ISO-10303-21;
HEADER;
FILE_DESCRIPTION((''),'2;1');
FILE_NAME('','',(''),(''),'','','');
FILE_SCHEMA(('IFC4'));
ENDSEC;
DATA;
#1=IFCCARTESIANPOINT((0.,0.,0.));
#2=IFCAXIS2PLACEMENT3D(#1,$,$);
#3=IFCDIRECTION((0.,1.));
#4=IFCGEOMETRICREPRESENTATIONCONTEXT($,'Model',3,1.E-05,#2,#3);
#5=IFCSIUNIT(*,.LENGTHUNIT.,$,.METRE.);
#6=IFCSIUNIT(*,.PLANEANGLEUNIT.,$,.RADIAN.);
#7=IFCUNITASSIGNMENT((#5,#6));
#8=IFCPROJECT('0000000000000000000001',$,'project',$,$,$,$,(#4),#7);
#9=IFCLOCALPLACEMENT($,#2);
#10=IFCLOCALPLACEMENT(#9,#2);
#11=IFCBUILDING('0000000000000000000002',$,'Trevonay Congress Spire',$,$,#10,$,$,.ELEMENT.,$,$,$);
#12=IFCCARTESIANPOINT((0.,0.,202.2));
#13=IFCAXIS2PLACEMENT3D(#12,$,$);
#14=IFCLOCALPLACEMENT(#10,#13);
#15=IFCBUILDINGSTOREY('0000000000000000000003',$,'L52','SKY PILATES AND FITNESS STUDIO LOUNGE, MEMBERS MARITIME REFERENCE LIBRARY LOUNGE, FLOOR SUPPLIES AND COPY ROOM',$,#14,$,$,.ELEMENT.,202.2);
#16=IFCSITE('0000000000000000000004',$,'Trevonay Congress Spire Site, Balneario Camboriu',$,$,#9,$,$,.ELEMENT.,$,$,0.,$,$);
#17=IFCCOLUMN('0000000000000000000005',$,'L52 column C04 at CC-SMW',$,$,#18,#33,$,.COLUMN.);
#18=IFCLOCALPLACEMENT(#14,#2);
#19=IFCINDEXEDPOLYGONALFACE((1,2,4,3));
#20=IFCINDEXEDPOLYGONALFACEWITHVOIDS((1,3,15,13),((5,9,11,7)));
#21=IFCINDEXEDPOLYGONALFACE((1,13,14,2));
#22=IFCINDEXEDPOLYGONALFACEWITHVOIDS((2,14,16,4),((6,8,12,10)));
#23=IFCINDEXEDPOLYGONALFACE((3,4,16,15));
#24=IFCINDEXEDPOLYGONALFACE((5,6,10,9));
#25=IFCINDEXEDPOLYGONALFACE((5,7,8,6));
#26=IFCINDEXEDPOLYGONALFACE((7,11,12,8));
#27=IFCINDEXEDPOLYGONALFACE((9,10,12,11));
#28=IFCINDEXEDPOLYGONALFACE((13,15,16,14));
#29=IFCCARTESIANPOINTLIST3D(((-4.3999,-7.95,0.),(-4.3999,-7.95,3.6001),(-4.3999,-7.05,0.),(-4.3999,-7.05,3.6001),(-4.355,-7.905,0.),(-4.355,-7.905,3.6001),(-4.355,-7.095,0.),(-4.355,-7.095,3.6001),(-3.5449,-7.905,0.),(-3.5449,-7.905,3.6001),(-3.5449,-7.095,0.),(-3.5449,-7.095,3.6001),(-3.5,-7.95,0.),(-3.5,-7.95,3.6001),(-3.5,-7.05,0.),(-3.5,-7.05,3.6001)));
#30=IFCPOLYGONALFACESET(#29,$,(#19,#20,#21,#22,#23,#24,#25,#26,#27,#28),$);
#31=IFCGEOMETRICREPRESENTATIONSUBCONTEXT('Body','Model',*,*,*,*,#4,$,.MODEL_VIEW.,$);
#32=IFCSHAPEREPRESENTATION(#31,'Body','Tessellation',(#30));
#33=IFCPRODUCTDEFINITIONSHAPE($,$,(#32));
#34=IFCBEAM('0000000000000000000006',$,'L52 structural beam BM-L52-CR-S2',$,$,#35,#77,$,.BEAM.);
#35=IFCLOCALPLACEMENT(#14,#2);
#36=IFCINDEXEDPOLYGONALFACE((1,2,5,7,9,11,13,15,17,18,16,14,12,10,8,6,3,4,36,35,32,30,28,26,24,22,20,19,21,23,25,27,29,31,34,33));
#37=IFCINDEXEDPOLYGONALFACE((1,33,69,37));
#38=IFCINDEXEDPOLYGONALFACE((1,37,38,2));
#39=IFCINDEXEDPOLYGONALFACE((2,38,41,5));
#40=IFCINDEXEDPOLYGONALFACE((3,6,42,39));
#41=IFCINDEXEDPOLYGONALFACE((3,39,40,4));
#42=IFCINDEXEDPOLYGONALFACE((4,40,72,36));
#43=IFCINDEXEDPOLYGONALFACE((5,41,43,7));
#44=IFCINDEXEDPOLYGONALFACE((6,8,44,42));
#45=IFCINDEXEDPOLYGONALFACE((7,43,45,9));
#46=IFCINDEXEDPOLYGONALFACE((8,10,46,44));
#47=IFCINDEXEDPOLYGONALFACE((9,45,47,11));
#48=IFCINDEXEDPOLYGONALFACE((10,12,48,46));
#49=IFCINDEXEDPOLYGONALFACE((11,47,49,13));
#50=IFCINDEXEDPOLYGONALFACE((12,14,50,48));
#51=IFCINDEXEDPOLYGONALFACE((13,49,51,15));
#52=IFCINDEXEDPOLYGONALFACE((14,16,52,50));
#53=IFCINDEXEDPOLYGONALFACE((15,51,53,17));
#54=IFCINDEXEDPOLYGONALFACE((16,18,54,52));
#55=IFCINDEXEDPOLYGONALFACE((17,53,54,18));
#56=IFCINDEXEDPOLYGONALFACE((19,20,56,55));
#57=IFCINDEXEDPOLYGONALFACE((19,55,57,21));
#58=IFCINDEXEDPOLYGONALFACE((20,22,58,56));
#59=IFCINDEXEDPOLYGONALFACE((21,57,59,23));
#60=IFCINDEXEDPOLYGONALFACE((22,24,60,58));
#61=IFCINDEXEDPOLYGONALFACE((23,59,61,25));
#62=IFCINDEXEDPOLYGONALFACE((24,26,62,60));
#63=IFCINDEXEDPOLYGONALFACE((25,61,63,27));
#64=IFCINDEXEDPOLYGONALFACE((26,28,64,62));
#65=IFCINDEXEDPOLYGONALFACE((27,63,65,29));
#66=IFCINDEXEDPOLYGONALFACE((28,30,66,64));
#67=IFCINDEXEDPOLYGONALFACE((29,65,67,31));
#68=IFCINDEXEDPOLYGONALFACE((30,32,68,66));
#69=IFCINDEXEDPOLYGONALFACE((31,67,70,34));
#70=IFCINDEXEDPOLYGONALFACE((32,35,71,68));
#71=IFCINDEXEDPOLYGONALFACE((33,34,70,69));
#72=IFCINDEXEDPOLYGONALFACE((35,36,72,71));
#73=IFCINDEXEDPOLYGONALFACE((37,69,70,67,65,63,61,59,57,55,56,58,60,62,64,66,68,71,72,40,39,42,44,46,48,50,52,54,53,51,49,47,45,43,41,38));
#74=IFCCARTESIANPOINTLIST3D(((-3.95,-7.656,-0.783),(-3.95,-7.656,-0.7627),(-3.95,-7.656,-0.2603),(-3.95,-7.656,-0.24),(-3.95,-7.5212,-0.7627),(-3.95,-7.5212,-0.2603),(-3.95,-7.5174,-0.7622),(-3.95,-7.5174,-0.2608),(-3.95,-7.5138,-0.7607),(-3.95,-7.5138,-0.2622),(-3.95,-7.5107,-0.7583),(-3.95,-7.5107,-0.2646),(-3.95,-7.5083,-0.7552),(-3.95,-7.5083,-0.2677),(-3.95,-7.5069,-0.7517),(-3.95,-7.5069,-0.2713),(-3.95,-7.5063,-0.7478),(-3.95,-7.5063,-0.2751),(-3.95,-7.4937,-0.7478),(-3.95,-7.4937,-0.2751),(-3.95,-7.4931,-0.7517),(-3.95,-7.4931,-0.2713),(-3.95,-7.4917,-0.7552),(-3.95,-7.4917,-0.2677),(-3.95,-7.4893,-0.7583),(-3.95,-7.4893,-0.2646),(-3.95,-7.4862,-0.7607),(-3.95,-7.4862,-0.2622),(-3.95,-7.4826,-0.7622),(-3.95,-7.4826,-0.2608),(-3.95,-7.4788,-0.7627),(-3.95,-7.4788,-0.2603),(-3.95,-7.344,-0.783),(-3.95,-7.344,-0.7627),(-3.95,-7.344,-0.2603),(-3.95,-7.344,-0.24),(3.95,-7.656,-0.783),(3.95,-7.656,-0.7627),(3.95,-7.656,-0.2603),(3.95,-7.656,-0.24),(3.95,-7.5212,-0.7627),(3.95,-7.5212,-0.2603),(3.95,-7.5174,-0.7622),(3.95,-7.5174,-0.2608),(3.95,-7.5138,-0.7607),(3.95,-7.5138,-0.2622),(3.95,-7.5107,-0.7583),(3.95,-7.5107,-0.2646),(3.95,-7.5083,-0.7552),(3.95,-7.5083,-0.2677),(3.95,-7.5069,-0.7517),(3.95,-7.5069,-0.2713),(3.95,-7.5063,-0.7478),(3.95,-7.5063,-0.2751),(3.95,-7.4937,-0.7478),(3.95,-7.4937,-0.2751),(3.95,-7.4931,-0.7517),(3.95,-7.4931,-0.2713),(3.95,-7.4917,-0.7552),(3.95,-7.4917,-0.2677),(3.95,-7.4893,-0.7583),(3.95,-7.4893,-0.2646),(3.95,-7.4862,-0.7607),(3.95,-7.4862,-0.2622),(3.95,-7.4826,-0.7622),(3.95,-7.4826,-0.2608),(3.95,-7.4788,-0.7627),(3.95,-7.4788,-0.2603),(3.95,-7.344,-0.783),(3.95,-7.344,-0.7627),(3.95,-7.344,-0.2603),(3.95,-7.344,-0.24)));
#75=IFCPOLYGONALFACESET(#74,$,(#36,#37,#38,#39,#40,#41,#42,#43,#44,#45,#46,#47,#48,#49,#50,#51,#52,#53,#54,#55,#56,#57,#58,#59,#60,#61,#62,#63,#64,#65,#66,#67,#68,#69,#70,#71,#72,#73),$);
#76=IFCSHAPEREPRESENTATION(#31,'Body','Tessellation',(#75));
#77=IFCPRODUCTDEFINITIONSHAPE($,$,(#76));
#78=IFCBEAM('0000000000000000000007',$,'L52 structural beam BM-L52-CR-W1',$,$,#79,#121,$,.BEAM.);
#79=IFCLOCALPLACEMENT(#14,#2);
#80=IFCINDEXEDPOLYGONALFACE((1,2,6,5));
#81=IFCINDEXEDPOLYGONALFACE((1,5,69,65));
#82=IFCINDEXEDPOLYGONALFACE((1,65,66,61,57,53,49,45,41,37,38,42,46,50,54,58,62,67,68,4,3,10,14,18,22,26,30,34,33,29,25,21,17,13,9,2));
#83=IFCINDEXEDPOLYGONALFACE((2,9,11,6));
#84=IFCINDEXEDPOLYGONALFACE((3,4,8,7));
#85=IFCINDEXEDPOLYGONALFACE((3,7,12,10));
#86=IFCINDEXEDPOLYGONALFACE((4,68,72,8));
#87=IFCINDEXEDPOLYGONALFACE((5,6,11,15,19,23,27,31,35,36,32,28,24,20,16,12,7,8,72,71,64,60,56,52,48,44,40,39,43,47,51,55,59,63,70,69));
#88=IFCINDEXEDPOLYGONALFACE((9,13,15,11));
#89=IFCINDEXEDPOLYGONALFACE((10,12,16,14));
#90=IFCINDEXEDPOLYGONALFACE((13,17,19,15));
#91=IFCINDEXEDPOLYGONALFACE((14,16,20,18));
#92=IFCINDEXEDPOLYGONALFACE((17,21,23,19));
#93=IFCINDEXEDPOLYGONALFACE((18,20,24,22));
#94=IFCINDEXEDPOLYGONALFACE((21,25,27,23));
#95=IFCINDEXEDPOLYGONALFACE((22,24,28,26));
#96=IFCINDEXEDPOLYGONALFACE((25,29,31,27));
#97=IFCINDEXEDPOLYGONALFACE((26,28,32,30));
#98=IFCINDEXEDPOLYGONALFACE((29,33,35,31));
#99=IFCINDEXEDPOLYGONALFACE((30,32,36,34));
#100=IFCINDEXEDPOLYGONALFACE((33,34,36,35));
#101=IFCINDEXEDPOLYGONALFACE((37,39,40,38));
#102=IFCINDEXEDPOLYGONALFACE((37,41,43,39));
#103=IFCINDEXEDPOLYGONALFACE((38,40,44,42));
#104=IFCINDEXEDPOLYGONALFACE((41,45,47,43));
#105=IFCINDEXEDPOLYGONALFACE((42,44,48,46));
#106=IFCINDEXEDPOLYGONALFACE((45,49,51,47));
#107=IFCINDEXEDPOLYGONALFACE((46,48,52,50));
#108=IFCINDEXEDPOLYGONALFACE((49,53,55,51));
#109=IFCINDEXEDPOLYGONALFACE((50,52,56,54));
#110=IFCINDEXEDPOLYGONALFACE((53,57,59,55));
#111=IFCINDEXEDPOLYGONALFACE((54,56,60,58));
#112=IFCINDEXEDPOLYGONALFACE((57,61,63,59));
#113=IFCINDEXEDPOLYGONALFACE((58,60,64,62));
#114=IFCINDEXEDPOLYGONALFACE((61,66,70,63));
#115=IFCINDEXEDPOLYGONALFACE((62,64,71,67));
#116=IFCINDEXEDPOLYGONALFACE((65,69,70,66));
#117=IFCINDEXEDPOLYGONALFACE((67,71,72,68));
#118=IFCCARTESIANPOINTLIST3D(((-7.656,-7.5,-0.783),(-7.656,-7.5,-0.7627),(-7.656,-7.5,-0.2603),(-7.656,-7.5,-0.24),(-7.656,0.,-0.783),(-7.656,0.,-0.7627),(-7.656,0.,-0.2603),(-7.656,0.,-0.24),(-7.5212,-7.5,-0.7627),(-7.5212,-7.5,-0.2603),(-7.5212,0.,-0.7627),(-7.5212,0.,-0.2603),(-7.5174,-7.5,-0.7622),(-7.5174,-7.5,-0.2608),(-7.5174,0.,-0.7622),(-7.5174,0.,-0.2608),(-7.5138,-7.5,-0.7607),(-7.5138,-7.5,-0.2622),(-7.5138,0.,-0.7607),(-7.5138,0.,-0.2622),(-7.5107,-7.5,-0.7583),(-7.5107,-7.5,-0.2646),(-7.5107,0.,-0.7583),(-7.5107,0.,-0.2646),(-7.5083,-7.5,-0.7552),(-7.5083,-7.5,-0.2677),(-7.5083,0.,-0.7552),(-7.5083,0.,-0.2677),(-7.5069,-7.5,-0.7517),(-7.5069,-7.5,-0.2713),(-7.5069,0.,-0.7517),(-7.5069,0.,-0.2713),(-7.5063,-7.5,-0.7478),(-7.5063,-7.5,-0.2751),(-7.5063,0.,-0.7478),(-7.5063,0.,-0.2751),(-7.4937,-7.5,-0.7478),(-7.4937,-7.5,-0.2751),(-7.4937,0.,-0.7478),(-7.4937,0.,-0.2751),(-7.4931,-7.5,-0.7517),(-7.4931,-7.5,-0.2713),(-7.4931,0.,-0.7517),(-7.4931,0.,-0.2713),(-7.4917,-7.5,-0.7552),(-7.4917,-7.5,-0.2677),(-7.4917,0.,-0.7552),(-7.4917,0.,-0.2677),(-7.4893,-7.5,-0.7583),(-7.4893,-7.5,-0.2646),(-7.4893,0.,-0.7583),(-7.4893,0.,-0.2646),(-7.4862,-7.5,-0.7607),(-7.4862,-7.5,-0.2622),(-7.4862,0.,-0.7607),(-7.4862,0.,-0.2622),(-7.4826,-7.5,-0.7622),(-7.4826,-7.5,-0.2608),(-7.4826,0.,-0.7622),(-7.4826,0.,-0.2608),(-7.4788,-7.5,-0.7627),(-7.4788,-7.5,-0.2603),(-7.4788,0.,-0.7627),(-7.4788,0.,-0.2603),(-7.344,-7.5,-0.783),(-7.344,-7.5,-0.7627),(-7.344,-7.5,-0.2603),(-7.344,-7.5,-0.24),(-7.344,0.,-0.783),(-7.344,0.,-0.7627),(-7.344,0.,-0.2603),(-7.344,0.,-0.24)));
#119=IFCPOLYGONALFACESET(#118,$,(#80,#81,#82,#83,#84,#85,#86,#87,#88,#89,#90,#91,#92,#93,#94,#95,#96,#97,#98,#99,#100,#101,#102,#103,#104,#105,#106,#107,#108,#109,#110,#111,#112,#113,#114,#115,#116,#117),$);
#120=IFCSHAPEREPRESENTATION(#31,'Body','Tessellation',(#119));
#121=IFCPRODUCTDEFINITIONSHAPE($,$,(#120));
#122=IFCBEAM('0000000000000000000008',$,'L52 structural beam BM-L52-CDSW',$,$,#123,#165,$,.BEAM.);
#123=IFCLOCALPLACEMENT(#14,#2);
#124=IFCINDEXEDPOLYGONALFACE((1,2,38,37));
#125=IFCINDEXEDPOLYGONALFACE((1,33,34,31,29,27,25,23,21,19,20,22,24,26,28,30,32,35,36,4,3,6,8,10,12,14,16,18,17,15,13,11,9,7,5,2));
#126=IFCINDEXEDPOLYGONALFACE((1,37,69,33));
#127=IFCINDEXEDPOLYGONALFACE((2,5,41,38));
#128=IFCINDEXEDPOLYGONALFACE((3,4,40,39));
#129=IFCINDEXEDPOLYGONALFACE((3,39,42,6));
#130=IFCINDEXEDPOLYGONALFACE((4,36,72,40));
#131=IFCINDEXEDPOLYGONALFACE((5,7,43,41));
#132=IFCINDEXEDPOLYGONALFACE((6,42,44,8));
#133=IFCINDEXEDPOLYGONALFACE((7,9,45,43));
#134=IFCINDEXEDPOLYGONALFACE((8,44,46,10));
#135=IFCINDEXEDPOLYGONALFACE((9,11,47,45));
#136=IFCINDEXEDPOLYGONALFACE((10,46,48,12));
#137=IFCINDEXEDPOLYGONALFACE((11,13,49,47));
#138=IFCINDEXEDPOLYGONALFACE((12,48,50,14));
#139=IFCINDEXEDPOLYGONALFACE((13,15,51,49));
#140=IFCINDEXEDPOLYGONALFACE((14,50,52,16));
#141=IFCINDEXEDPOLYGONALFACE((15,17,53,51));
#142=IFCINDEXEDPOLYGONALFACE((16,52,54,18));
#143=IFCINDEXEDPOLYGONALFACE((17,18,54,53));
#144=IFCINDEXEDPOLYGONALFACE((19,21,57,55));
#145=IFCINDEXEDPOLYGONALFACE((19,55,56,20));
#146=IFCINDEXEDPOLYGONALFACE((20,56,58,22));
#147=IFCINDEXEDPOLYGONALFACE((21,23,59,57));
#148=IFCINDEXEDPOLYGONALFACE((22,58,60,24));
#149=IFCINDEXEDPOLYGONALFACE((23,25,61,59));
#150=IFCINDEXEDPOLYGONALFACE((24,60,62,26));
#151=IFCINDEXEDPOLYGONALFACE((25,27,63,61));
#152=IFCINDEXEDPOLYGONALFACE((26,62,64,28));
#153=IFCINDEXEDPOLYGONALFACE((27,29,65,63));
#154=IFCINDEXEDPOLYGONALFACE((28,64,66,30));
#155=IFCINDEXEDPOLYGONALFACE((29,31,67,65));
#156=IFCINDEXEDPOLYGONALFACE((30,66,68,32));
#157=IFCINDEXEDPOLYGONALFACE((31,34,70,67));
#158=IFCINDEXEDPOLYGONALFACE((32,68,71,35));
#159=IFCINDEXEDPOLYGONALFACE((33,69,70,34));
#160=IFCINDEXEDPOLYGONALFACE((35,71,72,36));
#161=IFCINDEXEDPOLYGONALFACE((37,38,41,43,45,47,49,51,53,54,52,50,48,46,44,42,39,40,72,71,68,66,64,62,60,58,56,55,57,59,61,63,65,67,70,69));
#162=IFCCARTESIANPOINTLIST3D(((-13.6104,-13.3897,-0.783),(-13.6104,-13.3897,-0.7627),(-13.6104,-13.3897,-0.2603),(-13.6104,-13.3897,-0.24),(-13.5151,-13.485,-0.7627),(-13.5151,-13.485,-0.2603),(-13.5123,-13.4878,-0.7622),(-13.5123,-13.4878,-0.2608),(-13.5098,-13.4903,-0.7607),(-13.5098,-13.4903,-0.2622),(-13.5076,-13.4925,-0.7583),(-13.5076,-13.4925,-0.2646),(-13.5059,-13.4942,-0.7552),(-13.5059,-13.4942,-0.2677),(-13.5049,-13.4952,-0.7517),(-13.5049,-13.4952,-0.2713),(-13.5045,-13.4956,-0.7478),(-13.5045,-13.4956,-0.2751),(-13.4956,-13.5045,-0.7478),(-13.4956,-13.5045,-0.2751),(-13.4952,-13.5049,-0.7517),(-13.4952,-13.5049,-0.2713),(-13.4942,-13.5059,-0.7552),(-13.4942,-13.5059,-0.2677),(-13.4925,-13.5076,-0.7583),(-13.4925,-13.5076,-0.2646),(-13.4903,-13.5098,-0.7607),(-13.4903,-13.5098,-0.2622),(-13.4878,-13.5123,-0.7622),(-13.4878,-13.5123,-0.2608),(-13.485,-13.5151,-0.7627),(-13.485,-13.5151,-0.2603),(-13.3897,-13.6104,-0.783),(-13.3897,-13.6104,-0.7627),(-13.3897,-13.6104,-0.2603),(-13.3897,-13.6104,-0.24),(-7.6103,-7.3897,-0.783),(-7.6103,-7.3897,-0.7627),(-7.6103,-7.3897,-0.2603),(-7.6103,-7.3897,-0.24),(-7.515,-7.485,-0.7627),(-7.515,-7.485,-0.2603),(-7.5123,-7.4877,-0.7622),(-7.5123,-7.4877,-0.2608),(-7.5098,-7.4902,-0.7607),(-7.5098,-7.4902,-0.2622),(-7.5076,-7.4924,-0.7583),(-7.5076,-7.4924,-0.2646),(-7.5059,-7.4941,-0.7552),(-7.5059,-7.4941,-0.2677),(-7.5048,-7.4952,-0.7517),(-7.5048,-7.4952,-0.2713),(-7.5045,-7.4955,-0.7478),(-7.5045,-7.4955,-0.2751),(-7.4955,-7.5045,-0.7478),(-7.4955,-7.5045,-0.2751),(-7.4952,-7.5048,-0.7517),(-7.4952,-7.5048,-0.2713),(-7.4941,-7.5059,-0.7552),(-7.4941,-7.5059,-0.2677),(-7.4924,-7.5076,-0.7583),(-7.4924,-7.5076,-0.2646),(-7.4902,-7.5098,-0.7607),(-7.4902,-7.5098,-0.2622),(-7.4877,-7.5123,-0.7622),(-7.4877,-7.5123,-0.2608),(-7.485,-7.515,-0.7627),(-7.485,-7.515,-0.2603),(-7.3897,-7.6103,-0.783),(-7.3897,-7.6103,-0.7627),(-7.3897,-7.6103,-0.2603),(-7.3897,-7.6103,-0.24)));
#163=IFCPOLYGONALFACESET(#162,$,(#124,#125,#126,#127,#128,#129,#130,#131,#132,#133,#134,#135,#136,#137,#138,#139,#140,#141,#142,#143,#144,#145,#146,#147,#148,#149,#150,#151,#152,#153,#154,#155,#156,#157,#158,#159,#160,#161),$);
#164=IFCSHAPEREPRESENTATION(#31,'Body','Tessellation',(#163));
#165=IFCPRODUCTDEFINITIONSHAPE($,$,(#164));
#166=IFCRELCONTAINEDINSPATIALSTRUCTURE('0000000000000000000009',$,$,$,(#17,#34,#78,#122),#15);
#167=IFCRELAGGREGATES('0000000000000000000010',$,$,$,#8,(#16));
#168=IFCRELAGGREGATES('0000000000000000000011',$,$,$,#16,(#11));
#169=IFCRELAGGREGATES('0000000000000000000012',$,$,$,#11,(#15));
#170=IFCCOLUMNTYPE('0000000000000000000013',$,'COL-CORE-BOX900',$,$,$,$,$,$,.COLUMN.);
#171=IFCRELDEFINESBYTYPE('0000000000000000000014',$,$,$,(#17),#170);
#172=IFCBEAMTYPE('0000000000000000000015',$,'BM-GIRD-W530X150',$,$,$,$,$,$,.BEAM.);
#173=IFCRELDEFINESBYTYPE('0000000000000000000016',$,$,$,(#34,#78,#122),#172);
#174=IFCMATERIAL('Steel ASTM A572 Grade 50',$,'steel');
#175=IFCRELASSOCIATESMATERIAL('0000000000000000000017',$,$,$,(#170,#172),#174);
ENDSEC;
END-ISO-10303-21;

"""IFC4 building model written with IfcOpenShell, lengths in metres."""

from ifc_helpers import new_model, si_unit, direction, frame, origin, origin_2d, place, context, subcontext, project, spatial, hollow_rectangle, i_section, extrude, material, material_profile, profile_set, type_object, element, save


model = new_model("IFC4")

# Units and contexts
model_context = context("Model", 3, precision=1e-05, world=origin(), true_north=direction((0.0, 1.0)))
body_context = subcontext(model_context, "Body", "Model", "MODEL_VIEW")
ifc_project = project(units=[si_unit("LENGTHUNIT", "METRE"), si_unit("PLANEANGLEUNIT", "RADIAN")], contexts=[model_context])

# Site, building, storey
site_placement = place(None, origin())
site = spatial("IfcSite", under=ifc_project, at=site_placement, Name="Trevonay Congress Spire Site, Balneario Camboriu", CompositionType="ELEMENT", RefElevation=0.0)
building_placement = place(site_placement, origin())
building = spatial("IfcBuilding", under=site, at=building_placement, Name="Trevonay Congress Spire", CompositionType="ELEMENT")
storey_placement = place(building_placement, frame((0.0, 0.0, 202.2)))
storey = spatial("IfcBuildingStorey", under=building, at=storey_placement, Name="L52", Description="SKY PILATES AND FITNESS STUDIO LOUNGE, MEMBERS MARITIME REFERENCE LIBRARY LOUNGE, FLOOR SUPPLIES AND COPY ROOM", CompositionType="ELEMENT", Elevation=202.2)

# Column
ifc_material_1 = material(Name="Steel ASTM A572 Grade 50", Category="steel")
ifc_material_profile_1 = material_profile(ifc_material_1, hollow_rectangle(XDim=0.8999, YDim=0.8999, WallThickness=0.0449, at=origin_2d()), Name="BOX 900x900x45")
ifc_profile_set_1 = profile_set([ifc_material_profile_1], Name="Steel ASTM A572 Grade 50")
column_type = type_object("IfcColumnType", Name="COL-CORE-BOX900", PredefinedType="COLUMN", material=ifc_profile_set_1)
column_placement = place(storey_placement, frame((-3.95, -7.5, 0.0), z_axis=(0.0, 0.0, 1.0), x_axis=(1.0, 0.0, 0.0)))
element("IfcColumn", 1, at=column_placement, inside=storey, type_object=column_type, Name="L52 column C04 at CC-SMW", PredefinedType="COLUMN", context=body_context, shape_type="SweptSolid", body=[
    extrude(hollow_rectangle(XDim=0.8999, YDim=0.8999, WallThickness=0.0449, at=origin_2d()), origin(), (0.0, 0.0, 1.0), 3.6001),
])

# Beams
ifc_material_profile_2 = material_profile(ifc_material_1, i_section(OverallWidth=0.312, OverallDepth=0.543, WebThickness=0.0127, FlangeThickness=0.0203, FilletRadius=0.0149, at=origin_2d()), Name="W530x150")
ifc_profile_set_2 = profile_set([ifc_material_profile_2], Name="Steel ASTM A572 Grade 50")
beam_type_1 = type_object("IfcBeamType", Name="BM-GIRD-W530X150", PredefinedType="BEAM", material=ifc_profile_set_2)
beam_1_placement = place(storey_placement, frame((-3.95, -7.5, -0.5115), z_axis=(1.0, 0.0, 0.0), x_axis=(0.0, 1.0, 0.0)))
element("IfcBeam", 2, at=beam_1_placement, inside=storey, type_object=beam_type_1, Name="L52 structural beam BM-L52-CR-S2", PredefinedType="BEAM", context=body_context, shape_type="SweptSolid", body=[
    extrude(i_section(OverallWidth=0.312, OverallDepth=0.543, WebThickness=0.0127, FlangeThickness=0.0203, FilletRadius=0.0149, at=origin_2d()), origin(), (0.0, 0.0, 1.0), 7.8999),
])
beam_2_placement = place(storey_placement, frame((-7.5, -7.5, -0.5115), z_axis=(0.0, 1.0, 0.0), x_axis=(-1.0, 0.0, 0.0)))
element("IfcBeam", 3, at=beam_2_placement, inside=storey, type_object=beam_type_1, Name="L52 structural beam BM-L52-CR-W1", PredefinedType="BEAM", context=body_context, shape_type="SweptSolid", body=[
    extrude(i_section(OverallWidth=0.312, OverallDepth=0.543, WebThickness=0.0127, FlangeThickness=0.0203, FilletRadius=0.0149, at=origin_2d()), origin(), (0.0, 0.0, 1.0), 7.5),
])
beam_3_placement = place(storey_placement, frame((-7.5, -7.5, -0.5115), z_axis=(-0.707107, -0.707107, 0.0), x_axis=(0.707107, -0.707107, 0.0)))
element("IfcBeam", 4, at=beam_3_placement, inside=storey, type_object=beam_type_1, Name="L52 structural beam BM-L52-CDSW", PredefinedType="BEAM", context=body_context, shape_type="SweptSolid", body=[
    extrude(i_section(OverallWidth=0.312, OverallDepth=0.543, WebThickness=0.0127, FlangeThickness=0.0203, FilletRadius=0.0149, at=origin_2d()), origin(), (0.0, 0.0, 1.0), 8.4854),
])

save(model, "model.ifc")
